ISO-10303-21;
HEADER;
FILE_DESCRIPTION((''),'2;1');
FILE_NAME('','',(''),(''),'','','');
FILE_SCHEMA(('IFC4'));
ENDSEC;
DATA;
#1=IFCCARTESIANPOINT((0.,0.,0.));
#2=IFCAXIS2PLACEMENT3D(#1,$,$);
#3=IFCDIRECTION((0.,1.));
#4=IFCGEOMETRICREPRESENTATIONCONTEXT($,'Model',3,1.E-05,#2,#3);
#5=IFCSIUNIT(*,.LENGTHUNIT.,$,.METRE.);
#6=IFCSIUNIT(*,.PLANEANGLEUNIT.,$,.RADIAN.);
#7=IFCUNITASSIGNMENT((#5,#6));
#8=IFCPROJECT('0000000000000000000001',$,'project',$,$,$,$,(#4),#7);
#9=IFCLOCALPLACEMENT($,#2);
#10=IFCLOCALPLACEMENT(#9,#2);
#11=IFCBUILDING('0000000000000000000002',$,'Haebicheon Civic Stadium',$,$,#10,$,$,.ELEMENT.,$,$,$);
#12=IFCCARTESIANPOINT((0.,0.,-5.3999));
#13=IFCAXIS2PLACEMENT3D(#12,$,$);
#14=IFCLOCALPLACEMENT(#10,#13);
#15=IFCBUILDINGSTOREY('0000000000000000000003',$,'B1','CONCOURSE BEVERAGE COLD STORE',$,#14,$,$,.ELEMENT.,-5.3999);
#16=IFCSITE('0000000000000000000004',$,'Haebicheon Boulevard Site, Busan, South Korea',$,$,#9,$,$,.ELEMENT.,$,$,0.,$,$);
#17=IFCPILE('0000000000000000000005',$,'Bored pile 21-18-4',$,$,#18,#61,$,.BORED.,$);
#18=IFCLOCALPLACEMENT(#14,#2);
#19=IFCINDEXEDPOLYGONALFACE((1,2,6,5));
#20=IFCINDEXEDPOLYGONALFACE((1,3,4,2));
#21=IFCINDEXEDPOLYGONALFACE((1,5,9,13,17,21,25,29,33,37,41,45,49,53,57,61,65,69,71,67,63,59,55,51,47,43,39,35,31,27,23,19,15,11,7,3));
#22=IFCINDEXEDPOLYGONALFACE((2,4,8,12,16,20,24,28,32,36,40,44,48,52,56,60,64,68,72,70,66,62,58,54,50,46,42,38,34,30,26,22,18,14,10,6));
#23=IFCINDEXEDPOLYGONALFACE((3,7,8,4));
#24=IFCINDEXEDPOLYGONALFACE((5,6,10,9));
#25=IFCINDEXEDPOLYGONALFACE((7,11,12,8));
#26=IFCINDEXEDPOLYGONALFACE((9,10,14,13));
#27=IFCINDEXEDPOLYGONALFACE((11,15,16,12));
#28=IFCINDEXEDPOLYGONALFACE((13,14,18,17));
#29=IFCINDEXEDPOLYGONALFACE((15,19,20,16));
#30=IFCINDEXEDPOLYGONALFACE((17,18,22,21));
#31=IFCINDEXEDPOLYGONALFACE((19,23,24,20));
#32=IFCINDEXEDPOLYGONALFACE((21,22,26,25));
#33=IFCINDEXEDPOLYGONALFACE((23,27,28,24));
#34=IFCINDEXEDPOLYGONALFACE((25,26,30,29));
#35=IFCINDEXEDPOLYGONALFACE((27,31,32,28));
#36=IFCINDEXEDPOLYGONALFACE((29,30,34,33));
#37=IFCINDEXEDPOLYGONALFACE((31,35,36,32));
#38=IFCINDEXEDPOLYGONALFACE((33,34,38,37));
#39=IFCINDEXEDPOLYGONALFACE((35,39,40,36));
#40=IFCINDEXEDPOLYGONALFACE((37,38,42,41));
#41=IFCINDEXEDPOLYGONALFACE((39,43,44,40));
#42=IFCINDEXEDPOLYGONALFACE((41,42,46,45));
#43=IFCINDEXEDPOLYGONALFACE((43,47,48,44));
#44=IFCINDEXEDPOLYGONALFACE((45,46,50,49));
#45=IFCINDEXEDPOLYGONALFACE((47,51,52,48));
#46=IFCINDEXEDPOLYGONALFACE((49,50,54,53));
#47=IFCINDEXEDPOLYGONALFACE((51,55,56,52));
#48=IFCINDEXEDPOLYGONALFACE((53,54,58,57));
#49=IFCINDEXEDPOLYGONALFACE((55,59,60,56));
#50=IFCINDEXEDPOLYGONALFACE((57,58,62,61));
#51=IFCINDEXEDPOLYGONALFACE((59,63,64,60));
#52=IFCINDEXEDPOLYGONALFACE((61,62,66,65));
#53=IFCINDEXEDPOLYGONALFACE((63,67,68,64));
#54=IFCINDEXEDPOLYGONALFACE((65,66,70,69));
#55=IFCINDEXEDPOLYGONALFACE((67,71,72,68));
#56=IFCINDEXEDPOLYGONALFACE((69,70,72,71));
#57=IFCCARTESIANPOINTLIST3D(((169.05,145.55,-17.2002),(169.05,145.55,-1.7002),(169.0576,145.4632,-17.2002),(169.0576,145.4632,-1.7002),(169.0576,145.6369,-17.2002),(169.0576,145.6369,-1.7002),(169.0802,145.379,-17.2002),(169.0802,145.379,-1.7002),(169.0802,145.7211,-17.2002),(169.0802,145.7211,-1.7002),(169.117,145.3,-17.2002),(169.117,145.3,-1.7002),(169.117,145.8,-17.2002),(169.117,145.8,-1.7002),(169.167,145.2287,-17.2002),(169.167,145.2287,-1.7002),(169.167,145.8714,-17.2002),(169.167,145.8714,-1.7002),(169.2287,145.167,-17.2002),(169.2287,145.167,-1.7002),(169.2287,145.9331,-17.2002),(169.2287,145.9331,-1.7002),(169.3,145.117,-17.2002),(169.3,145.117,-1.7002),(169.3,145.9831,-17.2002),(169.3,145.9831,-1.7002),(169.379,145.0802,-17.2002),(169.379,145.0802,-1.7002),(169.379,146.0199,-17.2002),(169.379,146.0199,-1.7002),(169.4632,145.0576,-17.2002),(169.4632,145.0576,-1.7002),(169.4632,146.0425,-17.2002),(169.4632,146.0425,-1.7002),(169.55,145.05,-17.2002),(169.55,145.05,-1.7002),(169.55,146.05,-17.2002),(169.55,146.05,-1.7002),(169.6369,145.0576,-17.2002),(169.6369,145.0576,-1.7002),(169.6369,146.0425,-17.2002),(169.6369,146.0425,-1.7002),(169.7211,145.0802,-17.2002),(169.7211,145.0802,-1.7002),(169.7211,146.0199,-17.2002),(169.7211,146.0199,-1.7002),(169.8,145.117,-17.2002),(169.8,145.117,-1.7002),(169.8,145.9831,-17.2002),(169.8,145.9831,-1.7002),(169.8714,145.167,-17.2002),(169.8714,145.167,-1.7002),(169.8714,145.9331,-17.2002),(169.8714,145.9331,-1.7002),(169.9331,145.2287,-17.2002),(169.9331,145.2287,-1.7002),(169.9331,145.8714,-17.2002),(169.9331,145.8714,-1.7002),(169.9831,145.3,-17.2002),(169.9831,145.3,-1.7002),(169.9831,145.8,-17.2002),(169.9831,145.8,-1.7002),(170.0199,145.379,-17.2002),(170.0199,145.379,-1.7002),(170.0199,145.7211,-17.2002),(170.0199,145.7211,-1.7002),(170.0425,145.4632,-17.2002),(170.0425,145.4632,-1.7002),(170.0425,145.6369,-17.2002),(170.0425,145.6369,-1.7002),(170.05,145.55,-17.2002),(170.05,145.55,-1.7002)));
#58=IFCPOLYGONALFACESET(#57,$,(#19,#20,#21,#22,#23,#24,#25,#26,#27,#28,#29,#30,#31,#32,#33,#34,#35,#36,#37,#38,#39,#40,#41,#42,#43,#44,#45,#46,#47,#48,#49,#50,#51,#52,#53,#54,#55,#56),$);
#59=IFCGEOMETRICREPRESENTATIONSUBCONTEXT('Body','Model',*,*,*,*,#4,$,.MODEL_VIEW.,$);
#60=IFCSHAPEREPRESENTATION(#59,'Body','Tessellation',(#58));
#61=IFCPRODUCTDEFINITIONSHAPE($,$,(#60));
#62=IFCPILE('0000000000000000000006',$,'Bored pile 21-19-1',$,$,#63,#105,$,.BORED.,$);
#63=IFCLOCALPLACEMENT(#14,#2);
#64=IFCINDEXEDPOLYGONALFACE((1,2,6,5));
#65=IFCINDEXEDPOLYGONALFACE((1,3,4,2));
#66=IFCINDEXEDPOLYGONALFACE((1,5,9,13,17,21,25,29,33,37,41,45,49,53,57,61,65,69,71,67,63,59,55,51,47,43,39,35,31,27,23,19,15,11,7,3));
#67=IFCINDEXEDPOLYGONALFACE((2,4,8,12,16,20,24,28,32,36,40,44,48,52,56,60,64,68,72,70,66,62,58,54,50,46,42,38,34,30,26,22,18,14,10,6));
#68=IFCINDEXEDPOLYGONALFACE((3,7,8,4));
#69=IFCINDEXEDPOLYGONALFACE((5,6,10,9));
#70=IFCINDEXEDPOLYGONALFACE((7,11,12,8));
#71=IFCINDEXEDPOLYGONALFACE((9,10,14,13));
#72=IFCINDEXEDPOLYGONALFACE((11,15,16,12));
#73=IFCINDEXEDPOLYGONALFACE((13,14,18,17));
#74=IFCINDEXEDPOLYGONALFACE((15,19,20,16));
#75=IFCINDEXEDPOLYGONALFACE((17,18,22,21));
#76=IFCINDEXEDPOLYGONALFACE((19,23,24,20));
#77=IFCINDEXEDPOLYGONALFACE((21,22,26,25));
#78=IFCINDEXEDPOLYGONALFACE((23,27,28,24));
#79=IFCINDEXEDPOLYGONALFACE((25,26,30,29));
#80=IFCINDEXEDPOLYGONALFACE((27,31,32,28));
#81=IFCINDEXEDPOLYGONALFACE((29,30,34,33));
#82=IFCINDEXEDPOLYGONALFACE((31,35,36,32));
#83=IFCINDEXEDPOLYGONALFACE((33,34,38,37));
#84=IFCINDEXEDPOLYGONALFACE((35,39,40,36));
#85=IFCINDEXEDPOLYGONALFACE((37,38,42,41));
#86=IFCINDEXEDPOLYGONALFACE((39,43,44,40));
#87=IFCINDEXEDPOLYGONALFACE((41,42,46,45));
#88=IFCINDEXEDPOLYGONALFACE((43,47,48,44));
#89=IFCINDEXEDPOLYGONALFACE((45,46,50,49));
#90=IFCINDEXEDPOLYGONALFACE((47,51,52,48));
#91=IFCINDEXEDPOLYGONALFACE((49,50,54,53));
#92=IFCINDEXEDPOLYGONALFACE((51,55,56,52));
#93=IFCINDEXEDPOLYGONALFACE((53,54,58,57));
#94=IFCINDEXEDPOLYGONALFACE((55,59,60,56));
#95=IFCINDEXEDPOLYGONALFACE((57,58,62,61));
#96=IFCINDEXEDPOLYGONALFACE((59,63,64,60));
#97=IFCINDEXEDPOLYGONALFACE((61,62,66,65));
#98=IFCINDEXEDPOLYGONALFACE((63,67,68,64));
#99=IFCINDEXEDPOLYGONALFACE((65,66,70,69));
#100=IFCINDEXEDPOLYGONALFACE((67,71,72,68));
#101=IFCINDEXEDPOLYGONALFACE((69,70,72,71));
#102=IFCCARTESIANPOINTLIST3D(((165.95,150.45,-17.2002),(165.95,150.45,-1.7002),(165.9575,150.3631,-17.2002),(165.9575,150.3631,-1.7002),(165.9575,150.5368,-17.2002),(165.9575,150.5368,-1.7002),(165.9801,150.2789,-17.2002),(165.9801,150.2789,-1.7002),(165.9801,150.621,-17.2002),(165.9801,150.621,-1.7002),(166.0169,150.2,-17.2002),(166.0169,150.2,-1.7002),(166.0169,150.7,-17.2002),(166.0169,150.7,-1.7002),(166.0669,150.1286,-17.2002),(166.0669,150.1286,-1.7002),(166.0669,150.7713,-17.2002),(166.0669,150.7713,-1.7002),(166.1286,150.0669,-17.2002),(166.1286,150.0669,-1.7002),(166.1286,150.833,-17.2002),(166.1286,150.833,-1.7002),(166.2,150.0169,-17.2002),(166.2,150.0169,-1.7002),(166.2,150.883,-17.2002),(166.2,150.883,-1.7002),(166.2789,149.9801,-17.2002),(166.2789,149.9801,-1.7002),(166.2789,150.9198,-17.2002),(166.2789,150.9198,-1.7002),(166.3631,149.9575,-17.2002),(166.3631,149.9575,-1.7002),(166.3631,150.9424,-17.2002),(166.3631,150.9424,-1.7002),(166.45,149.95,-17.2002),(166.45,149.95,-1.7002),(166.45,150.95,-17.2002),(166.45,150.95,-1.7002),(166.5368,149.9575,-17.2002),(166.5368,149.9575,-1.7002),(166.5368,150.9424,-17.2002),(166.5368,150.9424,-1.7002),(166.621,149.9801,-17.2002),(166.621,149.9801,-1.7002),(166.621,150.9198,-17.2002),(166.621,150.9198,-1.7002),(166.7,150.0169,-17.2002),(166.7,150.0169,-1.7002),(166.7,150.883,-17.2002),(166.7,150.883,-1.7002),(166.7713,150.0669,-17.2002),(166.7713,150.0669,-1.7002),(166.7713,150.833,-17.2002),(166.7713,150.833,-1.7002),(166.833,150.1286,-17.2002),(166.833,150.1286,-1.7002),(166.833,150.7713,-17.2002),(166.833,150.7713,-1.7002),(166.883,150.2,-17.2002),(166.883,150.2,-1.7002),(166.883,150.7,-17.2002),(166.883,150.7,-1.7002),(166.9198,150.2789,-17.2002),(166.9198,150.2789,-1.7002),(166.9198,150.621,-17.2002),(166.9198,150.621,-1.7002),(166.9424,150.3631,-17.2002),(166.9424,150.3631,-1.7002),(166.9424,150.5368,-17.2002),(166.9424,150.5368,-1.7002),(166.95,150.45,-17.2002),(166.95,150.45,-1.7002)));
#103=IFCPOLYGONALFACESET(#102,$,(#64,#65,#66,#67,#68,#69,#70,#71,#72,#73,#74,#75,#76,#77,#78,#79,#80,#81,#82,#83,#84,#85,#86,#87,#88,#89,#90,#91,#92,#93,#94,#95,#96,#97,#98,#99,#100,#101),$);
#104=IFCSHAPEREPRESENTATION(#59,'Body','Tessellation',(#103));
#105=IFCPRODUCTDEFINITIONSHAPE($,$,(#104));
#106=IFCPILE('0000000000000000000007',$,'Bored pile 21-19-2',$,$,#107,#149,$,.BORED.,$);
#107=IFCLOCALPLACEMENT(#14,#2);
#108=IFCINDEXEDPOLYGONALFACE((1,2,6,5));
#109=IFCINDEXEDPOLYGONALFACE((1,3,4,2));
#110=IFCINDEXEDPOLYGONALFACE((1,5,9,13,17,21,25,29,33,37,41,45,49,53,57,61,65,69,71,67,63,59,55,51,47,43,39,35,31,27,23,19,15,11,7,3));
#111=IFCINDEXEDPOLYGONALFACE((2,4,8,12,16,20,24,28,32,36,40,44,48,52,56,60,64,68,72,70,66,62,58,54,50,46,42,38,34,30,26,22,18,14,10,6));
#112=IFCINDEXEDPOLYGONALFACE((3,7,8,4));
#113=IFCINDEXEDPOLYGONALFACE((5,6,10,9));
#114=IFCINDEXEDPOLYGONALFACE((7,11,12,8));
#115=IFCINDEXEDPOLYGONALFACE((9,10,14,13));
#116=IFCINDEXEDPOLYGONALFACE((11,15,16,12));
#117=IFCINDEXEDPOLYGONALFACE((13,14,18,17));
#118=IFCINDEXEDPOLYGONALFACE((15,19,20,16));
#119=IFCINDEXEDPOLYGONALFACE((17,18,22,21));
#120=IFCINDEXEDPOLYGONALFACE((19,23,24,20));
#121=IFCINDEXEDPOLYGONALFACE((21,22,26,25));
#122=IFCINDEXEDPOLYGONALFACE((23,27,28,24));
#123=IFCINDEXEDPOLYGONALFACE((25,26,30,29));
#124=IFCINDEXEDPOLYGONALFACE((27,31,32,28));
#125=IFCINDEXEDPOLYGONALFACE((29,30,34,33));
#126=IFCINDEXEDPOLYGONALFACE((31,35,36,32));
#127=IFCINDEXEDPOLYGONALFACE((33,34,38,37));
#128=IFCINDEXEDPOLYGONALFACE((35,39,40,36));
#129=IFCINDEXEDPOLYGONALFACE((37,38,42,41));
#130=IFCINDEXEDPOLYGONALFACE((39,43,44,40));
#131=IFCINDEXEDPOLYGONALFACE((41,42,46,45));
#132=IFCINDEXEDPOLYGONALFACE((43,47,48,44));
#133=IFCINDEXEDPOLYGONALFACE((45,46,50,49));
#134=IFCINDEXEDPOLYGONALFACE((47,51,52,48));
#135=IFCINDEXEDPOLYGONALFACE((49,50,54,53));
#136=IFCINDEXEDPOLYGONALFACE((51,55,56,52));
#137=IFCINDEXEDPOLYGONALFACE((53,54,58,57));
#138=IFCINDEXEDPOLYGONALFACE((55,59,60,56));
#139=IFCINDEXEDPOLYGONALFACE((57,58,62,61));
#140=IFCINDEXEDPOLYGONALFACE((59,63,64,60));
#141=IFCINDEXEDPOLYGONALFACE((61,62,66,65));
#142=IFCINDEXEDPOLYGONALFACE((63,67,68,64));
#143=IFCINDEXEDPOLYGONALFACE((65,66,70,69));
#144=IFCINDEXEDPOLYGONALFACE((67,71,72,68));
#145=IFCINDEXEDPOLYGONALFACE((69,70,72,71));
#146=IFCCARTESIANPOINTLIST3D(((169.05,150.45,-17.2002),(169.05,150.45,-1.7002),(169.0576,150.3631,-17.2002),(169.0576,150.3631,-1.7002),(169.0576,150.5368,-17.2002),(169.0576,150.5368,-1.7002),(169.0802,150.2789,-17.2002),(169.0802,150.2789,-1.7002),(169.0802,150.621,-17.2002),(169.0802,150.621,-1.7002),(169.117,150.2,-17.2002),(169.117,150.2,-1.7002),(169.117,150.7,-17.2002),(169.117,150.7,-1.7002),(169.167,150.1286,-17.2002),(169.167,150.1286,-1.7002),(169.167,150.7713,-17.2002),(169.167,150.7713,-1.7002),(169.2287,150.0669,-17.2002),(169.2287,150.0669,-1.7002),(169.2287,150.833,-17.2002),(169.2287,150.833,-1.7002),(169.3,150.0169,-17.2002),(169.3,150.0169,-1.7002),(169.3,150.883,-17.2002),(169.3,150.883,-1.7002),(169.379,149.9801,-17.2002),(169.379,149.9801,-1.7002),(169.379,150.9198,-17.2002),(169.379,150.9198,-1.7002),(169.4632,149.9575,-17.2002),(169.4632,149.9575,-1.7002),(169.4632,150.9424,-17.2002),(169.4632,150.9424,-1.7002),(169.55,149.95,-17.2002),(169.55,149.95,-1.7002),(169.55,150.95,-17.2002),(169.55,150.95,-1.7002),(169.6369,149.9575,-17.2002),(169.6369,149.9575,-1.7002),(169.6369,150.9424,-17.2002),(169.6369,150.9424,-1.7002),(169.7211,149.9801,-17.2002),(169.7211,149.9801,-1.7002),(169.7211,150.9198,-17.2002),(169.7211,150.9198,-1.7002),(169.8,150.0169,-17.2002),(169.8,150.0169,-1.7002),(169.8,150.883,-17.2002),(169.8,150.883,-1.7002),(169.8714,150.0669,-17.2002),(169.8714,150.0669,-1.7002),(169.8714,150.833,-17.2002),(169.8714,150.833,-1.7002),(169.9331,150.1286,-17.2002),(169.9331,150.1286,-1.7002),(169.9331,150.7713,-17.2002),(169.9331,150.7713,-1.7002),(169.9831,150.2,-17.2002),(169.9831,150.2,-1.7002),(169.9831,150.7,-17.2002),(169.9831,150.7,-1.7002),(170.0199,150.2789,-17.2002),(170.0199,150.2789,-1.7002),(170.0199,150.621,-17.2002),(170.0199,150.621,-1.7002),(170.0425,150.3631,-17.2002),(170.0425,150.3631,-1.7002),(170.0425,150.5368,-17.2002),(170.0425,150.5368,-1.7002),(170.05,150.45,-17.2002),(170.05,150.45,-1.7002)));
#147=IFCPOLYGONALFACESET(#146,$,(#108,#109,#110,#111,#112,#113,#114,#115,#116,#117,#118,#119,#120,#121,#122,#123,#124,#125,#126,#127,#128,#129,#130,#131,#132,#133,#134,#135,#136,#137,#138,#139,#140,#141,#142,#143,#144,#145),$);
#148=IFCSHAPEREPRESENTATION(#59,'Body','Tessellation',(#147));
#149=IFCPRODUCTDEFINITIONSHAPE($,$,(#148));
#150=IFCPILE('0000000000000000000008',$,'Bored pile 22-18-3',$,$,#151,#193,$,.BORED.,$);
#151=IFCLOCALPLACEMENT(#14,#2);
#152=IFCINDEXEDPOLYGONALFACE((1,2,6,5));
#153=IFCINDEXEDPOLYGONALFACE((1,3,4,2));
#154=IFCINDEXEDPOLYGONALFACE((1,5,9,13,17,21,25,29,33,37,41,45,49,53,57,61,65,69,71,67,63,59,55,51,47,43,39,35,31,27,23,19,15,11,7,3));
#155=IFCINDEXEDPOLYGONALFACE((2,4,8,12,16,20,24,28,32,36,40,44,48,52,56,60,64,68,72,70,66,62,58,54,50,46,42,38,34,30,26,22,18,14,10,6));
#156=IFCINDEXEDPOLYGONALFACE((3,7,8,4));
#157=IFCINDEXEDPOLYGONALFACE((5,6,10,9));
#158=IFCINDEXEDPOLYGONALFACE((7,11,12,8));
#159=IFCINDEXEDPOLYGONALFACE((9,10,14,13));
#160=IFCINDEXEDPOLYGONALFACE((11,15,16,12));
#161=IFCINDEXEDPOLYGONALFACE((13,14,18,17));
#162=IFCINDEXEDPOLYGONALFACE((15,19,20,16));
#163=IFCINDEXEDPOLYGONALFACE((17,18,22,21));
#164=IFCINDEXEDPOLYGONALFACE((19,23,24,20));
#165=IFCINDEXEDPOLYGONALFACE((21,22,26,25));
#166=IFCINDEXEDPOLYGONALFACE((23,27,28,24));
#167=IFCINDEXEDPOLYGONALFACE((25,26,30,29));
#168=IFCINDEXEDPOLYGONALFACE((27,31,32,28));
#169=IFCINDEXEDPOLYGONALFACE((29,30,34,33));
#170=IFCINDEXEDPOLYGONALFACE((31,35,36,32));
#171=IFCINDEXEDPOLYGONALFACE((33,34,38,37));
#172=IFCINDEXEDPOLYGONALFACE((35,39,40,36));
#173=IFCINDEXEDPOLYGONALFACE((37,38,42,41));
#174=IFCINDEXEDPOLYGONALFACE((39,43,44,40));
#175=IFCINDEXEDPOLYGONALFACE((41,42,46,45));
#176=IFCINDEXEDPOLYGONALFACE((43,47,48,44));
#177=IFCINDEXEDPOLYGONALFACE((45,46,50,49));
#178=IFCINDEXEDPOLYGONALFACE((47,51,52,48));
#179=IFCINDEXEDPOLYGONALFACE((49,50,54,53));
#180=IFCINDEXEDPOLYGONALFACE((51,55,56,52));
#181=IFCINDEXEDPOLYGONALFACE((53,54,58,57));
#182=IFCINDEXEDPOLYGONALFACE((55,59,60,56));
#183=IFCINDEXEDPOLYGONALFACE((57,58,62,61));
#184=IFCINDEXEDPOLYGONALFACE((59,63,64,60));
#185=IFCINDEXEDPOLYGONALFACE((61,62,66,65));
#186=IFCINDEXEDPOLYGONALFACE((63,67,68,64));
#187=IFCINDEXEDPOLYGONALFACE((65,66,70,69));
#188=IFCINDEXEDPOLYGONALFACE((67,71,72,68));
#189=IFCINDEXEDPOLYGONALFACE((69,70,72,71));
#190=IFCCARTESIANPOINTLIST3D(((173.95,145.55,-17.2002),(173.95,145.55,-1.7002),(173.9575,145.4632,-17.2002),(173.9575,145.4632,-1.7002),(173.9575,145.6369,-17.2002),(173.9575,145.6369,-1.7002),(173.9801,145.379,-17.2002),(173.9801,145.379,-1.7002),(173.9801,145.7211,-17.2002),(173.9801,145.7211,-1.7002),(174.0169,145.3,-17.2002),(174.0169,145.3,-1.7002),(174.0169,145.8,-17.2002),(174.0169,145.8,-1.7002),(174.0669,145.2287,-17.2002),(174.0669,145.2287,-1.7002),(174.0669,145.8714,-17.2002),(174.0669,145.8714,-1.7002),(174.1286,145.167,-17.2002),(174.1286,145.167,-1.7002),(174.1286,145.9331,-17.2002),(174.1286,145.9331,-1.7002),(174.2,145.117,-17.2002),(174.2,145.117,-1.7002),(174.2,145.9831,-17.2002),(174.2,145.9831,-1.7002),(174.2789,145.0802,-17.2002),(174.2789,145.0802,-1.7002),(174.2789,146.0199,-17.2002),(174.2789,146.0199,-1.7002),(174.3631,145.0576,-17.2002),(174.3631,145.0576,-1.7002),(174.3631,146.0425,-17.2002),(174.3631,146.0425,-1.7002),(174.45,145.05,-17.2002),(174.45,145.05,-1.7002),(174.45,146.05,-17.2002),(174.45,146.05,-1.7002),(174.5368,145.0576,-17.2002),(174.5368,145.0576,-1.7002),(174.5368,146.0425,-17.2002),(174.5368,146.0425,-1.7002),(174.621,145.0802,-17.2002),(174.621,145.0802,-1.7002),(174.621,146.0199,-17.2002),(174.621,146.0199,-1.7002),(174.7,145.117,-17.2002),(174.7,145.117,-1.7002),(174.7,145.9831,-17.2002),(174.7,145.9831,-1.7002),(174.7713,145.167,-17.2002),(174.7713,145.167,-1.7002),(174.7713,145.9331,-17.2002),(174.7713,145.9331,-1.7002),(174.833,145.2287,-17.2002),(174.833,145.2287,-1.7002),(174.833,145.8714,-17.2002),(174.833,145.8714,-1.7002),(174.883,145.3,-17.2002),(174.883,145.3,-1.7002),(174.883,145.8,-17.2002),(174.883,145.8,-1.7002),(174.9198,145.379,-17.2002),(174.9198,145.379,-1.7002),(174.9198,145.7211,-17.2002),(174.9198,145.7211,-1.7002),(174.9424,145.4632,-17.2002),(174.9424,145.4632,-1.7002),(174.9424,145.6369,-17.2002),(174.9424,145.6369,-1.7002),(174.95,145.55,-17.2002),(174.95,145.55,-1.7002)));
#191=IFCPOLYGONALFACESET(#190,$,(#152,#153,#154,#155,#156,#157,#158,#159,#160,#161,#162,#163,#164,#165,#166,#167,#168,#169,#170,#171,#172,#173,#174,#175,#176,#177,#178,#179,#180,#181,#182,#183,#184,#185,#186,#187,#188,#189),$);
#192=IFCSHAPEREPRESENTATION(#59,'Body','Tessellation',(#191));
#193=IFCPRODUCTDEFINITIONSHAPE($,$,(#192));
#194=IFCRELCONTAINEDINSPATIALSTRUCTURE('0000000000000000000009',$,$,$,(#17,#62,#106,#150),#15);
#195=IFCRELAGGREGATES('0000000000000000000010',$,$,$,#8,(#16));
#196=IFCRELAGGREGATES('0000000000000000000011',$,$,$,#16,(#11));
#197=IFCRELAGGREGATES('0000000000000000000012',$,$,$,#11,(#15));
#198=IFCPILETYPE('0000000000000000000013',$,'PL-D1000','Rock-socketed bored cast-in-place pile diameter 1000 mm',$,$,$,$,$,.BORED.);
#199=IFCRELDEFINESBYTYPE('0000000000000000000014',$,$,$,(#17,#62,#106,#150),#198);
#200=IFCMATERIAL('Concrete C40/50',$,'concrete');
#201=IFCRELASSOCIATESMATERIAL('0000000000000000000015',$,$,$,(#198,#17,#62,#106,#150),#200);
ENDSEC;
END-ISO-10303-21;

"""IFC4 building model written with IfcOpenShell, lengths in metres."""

from ifc_helpers import new_model, si_unit, direction, frame, origin, origin_2d, place, context, subcontext, project, spatial, circle, extrude, material, material_profile, profile_set, type_object, element, save


model = new_model("IFC4")

# Units and contexts
model_context = context("Model", 3, precision=1e-05, world=origin(), true_north=direction((0.0, 1.0)))
body_context = subcontext(model_context, "Body", "Model", "MODEL_VIEW")
ifc_project = project(units=[si_unit("LENGTHUNIT", "METRE"), si_unit("PLANEANGLEUNIT", "RADIAN")], contexts=[model_context])

# Site, building, storey
site_placement = place(None, origin())
site = spatial("IfcSite", under=ifc_project, at=site_placement, Name="Haebicheon Boulevard Site, Busan, South Korea", CompositionType="ELEMENT", RefElevation=0.0)
building_placement = place(site_placement, origin())
building = spatial("IfcBuilding", under=site, at=building_placement, Name="Haebicheon Civic Stadium", CompositionType="ELEMENT")
storey_placement = place(building_placement, frame((0.0, 0.0, -5.3999)))
storey = spatial("IfcBuildingStorey", under=building, at=storey_placement, Name="B1", Description="CONCOURSE BEVERAGE COLD STORE", CompositionType="ELEMENT", Elevation=-5.3999)

# Piles
ifc_material_1 = material(Name="Concrete C40/50", Category="concrete")
ifc_material_profile_1 = material_profile(ifc_material_1, circle(Radius=0.5, at=origin_2d()), Name="PILE-D1000")
ifc_profile_set_1 = profile_set([ifc_material_profile_1], Name="Concrete C40/50")
pile_type = type_object("IfcPileType", Name="PL-D1000", Description="Rock-socketed bored cast-in-place pile diameter 1000 mm", PredefinedType="BORED", material=ifc_profile_set_1)
for number, where, z_axis, x_axis, name in (
    (1, (169.55, 145.55, -1.7002), (0.0, 0.0, -1.0), (1.0, 0.0, 0.0), "Bored pile 21-18-4"),
    (2, (166.45, 150.45, -1.7002), (0.0, 0.0, -1.0), (1.0, 0.0, 0.0), "Bored pile 21-19-1"),
    (3, (169.55, 150.45, -1.7002), (0.0, 0.0, -1.0), (1.0, 0.0, 0.0), "Bored pile 21-19-2"),
    (4, (174.45, 145.55, -1.7002), (0.0, 0.0, -1.0), (1.0, 0.0, 0.0), "Bored pile 22-18-3"),
):
    element("IfcPile", number, at=place(storey_placement, frame(where, z_axis=z_axis, x_axis=x_axis)), inside=storey, type_object=pile_type, material=ifc_profile_set_1, Name=name, PredefinedType="BORED", context=body_context, shape_type="SweptSolid", body=[
        extrude(circle(Radius=0.5, at=origin_2d()), origin(), (0.0, 0.0, 1.0), 15.5),
    ])

save(model, "model.ifc")
